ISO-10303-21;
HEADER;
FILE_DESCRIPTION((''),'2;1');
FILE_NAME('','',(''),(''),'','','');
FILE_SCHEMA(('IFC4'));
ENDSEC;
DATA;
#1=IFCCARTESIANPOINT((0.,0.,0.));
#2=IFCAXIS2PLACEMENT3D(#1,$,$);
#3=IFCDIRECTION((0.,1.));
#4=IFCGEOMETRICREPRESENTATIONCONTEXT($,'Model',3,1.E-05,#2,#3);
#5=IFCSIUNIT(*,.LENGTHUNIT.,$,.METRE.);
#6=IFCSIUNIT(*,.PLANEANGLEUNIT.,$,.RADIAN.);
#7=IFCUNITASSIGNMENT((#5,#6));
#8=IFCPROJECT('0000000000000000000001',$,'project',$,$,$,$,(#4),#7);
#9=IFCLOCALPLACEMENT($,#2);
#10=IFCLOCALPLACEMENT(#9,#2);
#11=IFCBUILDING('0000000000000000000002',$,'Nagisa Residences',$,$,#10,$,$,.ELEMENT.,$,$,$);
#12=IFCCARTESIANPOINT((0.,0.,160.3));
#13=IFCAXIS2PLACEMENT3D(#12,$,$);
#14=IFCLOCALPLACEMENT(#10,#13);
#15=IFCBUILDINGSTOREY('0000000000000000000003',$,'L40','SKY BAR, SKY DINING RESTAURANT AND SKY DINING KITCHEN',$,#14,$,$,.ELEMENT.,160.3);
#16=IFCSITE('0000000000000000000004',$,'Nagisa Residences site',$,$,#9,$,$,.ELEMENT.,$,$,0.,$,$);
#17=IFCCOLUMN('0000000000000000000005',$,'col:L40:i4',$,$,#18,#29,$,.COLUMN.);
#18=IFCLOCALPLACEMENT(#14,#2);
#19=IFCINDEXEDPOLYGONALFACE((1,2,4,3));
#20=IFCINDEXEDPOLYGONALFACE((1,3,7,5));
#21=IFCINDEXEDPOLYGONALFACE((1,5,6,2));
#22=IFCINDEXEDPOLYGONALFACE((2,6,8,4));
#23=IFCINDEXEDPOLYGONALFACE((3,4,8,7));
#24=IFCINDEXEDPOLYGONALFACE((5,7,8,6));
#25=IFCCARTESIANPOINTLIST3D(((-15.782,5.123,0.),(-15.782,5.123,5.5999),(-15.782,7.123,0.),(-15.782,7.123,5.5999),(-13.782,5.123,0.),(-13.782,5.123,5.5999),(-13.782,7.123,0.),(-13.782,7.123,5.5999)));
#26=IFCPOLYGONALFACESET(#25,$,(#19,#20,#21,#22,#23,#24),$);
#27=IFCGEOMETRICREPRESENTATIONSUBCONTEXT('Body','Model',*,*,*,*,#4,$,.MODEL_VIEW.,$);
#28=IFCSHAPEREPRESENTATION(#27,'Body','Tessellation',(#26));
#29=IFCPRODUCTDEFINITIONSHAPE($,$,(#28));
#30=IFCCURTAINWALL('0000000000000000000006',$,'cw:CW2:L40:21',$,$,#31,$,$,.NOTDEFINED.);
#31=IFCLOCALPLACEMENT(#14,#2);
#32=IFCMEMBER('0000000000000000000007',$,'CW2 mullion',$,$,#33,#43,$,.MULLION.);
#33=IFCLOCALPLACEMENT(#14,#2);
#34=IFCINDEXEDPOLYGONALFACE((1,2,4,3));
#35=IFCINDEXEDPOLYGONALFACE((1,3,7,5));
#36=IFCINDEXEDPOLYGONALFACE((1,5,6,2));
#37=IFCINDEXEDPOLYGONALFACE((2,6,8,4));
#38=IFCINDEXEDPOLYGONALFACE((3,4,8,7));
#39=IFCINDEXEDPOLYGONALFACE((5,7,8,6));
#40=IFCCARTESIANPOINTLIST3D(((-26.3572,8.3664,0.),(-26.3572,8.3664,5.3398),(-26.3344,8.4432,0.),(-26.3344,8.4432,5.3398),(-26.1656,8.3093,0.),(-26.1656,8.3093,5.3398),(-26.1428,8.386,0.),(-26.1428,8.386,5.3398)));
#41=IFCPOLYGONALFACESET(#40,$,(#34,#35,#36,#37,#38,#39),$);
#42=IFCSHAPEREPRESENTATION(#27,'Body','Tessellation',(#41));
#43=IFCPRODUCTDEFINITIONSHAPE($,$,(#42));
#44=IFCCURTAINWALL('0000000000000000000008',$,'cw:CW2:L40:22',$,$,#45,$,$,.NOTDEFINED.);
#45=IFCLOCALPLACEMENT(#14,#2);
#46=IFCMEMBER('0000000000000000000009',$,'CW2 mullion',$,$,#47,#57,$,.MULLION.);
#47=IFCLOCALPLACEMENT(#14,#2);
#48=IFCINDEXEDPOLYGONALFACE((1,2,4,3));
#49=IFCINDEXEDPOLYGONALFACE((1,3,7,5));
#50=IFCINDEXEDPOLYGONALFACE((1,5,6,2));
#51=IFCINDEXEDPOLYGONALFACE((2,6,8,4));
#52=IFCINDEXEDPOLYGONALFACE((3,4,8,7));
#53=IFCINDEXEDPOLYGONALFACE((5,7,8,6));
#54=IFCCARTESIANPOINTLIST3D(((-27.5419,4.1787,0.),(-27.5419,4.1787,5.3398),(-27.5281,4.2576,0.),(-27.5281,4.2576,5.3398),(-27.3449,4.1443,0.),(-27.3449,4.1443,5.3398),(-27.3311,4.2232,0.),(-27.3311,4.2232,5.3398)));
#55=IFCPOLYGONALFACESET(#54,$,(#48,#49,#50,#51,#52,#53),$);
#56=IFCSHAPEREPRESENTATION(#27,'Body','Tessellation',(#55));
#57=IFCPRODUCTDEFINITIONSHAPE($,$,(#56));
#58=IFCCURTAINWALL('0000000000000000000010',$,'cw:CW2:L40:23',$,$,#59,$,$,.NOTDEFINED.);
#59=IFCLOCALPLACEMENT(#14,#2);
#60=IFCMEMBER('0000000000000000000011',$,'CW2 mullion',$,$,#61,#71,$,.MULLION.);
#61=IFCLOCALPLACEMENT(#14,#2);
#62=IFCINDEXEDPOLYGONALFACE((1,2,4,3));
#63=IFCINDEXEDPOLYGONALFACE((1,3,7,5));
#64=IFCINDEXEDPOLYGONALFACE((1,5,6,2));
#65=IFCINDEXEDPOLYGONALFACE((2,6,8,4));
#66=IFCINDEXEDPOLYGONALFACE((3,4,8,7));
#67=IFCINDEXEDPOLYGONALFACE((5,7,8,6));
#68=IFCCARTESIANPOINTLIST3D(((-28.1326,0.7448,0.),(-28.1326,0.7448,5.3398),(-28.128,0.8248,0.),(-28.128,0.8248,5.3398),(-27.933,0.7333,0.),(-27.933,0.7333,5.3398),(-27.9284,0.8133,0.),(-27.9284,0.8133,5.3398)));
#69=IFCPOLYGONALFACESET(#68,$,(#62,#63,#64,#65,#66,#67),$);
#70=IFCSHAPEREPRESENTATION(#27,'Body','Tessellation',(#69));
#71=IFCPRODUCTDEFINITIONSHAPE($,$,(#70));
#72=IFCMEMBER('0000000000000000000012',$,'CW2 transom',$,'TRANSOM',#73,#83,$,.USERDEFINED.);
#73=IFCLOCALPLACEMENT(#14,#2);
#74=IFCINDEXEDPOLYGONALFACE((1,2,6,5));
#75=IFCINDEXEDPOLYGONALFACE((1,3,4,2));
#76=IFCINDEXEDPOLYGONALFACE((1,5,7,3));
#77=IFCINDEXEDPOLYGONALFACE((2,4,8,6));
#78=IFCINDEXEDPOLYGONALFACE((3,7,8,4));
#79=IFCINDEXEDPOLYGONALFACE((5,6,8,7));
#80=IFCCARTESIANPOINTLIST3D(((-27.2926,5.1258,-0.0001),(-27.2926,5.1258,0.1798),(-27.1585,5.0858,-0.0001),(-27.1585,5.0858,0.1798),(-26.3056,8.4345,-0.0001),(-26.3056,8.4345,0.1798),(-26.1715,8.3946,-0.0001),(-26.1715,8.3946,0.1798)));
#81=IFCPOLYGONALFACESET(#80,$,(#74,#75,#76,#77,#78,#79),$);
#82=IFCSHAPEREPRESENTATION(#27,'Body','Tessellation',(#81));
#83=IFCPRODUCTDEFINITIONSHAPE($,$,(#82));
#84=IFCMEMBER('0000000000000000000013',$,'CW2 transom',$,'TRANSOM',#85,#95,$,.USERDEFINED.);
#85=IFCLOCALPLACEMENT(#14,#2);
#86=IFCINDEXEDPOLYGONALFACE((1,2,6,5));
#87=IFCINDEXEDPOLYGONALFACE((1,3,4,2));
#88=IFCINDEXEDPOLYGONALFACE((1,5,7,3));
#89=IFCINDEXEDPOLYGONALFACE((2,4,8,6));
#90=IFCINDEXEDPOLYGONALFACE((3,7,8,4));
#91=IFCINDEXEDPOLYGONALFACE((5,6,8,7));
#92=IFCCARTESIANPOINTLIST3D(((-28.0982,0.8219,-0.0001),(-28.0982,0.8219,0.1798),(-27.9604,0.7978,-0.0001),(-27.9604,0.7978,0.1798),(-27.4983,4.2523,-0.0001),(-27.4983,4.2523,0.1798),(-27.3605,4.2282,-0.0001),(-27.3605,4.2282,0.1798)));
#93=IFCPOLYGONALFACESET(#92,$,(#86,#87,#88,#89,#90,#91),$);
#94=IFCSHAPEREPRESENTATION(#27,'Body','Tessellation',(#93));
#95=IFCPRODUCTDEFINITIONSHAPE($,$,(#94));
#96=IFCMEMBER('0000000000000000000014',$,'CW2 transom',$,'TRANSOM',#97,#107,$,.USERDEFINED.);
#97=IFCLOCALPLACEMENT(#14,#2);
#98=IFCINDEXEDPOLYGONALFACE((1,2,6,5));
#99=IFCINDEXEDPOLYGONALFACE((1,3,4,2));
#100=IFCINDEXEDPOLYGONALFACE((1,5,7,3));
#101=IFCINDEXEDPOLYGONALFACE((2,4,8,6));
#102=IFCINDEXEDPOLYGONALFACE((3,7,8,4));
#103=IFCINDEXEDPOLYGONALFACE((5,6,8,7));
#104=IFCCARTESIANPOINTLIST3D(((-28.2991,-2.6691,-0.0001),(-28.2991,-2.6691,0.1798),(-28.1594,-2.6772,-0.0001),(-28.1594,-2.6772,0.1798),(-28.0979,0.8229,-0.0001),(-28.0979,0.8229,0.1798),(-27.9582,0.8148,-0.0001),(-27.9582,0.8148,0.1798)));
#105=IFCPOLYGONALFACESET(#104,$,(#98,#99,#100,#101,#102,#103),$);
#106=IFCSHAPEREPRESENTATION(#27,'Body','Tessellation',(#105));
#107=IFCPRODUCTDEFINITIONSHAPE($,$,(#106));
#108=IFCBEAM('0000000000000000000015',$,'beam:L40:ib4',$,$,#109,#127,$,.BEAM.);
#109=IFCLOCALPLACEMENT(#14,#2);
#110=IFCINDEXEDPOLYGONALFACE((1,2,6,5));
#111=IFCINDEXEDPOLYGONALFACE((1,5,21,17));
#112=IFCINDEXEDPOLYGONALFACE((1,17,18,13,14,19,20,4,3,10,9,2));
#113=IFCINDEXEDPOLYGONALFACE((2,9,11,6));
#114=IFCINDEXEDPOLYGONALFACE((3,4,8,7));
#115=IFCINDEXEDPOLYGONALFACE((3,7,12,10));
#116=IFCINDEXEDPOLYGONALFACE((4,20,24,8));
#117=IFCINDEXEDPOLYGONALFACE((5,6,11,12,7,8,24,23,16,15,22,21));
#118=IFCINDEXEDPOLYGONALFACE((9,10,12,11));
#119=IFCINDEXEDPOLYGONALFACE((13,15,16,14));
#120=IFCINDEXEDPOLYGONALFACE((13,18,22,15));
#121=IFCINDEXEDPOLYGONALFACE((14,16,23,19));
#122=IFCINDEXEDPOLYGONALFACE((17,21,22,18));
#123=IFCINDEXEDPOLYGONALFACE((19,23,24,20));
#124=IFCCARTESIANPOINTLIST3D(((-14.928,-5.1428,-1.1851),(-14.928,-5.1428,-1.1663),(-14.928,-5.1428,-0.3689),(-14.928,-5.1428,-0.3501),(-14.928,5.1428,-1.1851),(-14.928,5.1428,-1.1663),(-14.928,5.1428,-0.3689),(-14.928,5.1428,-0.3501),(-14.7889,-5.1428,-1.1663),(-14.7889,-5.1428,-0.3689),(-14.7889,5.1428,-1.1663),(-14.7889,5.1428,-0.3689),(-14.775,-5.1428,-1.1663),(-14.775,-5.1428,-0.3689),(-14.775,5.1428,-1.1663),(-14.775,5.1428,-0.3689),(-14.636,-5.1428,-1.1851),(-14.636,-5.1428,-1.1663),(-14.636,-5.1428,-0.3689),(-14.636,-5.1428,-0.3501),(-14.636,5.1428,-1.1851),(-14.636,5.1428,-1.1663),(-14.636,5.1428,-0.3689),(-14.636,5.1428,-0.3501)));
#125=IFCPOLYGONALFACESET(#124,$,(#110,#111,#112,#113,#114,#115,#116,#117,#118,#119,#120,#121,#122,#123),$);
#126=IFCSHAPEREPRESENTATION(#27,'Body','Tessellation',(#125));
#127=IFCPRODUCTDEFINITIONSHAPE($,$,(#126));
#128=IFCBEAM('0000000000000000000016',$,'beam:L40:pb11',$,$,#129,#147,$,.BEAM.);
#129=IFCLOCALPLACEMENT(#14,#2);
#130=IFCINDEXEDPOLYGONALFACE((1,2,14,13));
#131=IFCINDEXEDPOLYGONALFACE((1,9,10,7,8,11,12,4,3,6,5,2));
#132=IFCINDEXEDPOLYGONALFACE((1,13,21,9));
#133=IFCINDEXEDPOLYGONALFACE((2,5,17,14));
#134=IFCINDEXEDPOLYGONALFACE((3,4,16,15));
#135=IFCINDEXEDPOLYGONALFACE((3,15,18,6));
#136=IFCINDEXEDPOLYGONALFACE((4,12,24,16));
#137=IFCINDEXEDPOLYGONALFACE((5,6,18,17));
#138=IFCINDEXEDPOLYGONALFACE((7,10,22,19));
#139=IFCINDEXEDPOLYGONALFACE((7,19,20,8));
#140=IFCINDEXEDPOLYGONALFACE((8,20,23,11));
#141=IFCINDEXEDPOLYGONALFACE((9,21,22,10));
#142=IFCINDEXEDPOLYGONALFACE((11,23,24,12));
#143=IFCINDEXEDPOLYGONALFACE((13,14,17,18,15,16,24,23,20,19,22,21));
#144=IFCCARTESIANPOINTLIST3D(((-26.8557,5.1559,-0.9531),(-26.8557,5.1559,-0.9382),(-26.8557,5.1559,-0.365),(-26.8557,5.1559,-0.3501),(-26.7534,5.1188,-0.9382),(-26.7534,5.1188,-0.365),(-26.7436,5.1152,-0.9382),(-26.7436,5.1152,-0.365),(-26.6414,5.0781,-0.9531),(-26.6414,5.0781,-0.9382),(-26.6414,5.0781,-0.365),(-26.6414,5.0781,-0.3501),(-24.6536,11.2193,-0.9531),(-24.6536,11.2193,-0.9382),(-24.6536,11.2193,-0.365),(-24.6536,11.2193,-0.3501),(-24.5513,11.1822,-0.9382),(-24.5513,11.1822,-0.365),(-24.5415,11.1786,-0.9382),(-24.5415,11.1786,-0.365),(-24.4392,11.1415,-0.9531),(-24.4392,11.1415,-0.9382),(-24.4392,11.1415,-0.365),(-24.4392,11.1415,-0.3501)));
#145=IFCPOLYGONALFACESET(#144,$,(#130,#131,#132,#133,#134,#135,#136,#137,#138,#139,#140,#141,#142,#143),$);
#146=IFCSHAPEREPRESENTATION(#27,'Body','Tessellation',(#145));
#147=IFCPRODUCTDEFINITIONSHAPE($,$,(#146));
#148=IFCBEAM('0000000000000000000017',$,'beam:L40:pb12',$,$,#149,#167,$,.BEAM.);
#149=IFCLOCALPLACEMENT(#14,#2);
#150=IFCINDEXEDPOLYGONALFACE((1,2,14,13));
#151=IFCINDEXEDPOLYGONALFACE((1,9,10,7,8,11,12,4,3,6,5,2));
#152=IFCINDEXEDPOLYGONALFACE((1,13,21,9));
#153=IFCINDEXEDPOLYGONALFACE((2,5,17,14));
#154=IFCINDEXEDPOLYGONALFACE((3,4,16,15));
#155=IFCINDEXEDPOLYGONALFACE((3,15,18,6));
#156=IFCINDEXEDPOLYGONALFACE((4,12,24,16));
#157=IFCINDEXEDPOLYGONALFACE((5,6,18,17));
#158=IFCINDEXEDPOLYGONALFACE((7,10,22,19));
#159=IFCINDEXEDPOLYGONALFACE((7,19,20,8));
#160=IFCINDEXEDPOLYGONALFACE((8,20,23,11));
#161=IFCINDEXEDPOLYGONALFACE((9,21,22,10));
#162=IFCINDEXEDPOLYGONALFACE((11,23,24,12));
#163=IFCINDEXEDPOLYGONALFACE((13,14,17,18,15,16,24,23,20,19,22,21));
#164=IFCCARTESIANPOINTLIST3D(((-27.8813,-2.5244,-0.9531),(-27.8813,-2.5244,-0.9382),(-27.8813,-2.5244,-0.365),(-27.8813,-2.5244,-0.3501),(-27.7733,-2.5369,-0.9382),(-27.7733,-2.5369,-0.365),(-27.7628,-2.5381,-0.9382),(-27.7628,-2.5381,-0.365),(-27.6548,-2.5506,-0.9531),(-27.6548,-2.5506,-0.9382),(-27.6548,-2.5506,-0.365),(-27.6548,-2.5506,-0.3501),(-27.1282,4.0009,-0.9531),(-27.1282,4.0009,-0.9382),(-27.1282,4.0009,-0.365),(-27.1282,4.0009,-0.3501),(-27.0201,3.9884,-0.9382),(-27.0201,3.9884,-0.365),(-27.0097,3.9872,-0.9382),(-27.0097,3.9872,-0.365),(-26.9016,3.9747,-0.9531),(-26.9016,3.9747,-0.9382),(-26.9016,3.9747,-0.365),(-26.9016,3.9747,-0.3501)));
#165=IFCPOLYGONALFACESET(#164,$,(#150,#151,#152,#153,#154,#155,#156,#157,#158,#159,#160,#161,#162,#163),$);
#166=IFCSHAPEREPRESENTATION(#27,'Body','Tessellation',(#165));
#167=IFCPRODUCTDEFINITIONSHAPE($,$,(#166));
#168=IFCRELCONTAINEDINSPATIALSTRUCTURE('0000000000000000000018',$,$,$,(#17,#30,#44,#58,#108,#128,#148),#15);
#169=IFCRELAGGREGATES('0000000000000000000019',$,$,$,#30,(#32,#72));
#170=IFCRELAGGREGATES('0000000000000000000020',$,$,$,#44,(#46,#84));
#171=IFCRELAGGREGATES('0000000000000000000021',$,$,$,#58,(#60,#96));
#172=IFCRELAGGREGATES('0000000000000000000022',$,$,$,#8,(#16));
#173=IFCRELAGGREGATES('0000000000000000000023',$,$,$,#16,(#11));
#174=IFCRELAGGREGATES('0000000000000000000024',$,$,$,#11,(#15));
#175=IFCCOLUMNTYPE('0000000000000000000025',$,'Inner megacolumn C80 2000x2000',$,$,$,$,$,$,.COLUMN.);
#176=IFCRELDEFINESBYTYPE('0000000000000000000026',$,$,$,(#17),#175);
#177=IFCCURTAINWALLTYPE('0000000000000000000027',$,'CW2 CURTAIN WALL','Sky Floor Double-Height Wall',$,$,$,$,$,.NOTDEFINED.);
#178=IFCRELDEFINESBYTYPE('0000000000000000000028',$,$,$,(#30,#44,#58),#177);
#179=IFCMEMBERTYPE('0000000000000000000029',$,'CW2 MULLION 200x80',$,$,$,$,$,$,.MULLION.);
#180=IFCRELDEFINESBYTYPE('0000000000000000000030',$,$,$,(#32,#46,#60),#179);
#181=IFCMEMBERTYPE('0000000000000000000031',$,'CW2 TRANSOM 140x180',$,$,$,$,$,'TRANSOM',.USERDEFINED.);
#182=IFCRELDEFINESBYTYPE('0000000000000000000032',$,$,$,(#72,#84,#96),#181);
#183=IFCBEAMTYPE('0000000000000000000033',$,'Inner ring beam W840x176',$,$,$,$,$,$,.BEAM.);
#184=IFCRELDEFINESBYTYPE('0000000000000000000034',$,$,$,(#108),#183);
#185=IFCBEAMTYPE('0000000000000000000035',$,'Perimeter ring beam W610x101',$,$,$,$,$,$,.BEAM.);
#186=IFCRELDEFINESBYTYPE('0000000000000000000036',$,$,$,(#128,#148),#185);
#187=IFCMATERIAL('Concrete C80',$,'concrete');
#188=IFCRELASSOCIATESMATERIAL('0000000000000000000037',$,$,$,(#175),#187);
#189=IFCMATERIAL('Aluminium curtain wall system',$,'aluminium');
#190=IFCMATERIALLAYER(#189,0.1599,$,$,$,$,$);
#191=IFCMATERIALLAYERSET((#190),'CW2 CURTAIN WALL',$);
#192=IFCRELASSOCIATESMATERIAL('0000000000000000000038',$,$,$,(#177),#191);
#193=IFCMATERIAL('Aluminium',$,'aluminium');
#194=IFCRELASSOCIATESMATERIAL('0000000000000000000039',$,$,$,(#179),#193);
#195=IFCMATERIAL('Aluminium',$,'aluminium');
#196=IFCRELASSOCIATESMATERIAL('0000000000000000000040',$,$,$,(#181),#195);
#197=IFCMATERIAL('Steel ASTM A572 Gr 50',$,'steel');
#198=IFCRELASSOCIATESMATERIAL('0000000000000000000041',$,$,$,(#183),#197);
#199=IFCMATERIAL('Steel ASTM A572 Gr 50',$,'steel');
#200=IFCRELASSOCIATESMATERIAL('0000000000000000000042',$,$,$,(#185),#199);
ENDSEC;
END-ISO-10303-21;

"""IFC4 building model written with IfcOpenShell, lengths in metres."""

from ifc_helpers import new_model, si_unit, direction, frame, origin, origin_2d, place, context, subcontext, project, spatial, rectangle, i_section, extrude, material, layer, layer_set, material_profile, profile_set, type_object, element, aggregate, save


model = new_model("IFC4")

# Units and contexts
model_context = context("Model", 3, precision=1e-05, world=origin(), true_north=direction((0.0, 1.0)))
body_context = subcontext(model_context, "Body", "Model", "MODEL_VIEW")
ifc_project = project(units=[si_unit("LENGTHUNIT", "METRE"), si_unit("PLANEANGLEUNIT", "RADIAN")], contexts=[model_context])

# Site, building, storey
site_placement = place(None, origin())
site = spatial("IfcSite", under=ifc_project, at=site_placement, Name="Nagisa Residences site", CompositionType="ELEMENT", RefElevation=0.0)
building_placement = place(site_placement, origin())
building = spatial("IfcBuilding", under=site, at=building_placement, Name="Nagisa Residences", CompositionType="ELEMENT")
storey_placement = place(building_placement, frame((0.0, 0.0, 160.3)))
storey = spatial("IfcBuildingStorey", under=building, at=storey_placement, Name="L40", Description="SKY BAR, SKY DINING RESTAURANT AND SKY DINING KITCHEN", CompositionType="ELEMENT", Elevation=160.3)

# Column
ifc_material_1 = material(Name="Concrete C80", Category="concrete")
ifc_material_profile_1 = material_profile(ifc_material_1, rectangle(XDim=2.0, YDim=2.0, at=origin_2d()), Name="C80 2000x2000")
ifc_profile_set_1 = profile_set([ifc_material_profile_1], Name="Concrete C80")
column_type = type_object("IfcColumnType", Name="Inner megacolumn C80 2000x2000", PredefinedType="COLUMN", material=ifc_profile_set_1)
column_placement = place(storey_placement, frame((-14.782, 6.123, 0.0), z_axis=(0.0, 0.0, 1.0), x_axis=(1.0, 0.0, 0.0)))
element("IfcColumn", 1, at=column_placement, inside=storey, type_object=column_type, Name="col:L40:i4", PredefinedType="COLUMN", context=body_context, shape_type="SweptSolid", body=[
    extrude(rectangle(XDim=2.0, YDim=2.0, at=origin_2d()), origin(), (0.0, 0.0, 1.0), 5.5999),
])

# Curtain walls, members
ifc_material_2 = material(Name="Aluminium curtain wall system", Category="aluminium")
ifc_layer_1 = layer(ifc_material_2, 0.1599)
ifc_layer_set_1 = layer_set([ifc_layer_1], Name="CW2 CURTAIN WALL")
curtain_wall_type = type_object("IfcCurtainWallType", Name="CW2 CURTAIN WALL", Description="Sky Floor Double-Height Wall", PredefinedType="NOTDEFINED", material=ifc_layer_set_1)
curtain_wall_1_placement = place(storey_placement, origin())
curtain_wall_1 = element("IfcCurtainWall", 2, at=curtain_wall_1_placement, inside=storey, type_object=curtain_wall_type, Name="cw:CW2:L40:21", PredefinedType="NOTDEFINED")
ifc_material_3 = material(Name="Aluminium", Category="aluminium")
ifc_material_profile_2 = material_profile(ifc_material_3, rectangle(XDim=0.2, YDim=0.0801, at=origin_2d()), Name="CW2 MULLION 200x80")
ifc_profile_set_2 = profile_set([ifc_material_profile_2], Name="Aluminium")
member_type_1 = type_object("IfcMemberType", Name="CW2 MULLION 200x80", PredefinedType="MULLION", material=ifc_profile_set_2)
member_1_placement = place(storey_placement, frame((-26.25, 8.3762, 0.0), z_axis=(0.0, 0.0, 1.0), x_axis=(0.958271, -0.28586, 0.0)))
member_1 = element("IfcMember", 3, at=member_1_placement, type_object=member_type_1, Name="CW2 mullion", PredefinedType="MULLION", context=body_context, shape_type="SweptSolid", body=[
    extrude(rectangle(XDim=0.2, YDim=0.0801, at=origin_2d()), origin(), (0.0, 0.0, 1.0), 5.3398),
])
curtain_wall_2_placement = place(storey_placement, origin())
curtain_wall_2 = element("IfcCurtainWall", 4, at=curtain_wall_2_placement, inside=storey, type_object=curtain_wall_type, Name="cw:CW2:L40:22", PredefinedType="NOTDEFINED")
member_2_placement = place(storey_placement, frame((-27.4365, 4.2009, 0.0), z_axis=(0.0, 0.0, 1.0), x_axis=(0.985064, -0.172191, 0.0)))
member_2 = element("IfcMember", 5, at=member_2_placement, type_object=member_type_1, Name="CW2 mullion", PredefinedType="MULLION", context=body_context, shape_type="SweptSolid", body=[
    extrude(rectangle(XDim=0.2, YDim=0.0801, at=origin_2d()), origin(), (0.0, 0.0, 1.0), 5.3398),
])
curtain_wall_3_placement = place(storey_placement, origin())
curtain_wall_3 = element("IfcCurtainWall", 6, at=curtain_wall_3_placement, inside=storey, type_object=curtain_wall_type, Name="cw:CW2:L40:23", PredefinedType="NOTDEFINED")
member_3_placement = place(storey_placement, frame((-28.0305, 0.7791, 0.0), z_axis=(0.0, 0.0, 1.0), x_axis=(0.998345, -0.057503, 0.0)))
member_3 = element("IfcMember", 7, at=member_3_placement, type_object=member_type_1, Name="CW2 mullion", PredefinedType="MULLION", context=body_context, shape_type="SweptSolid", body=[
    extrude(rectangle(XDim=0.2, YDim=0.0801, at=origin_2d()), origin(), (0.0, 0.0, 1.0), 5.3398),
])

# Members
ifc_material_4 = material(Name="Aluminium", Category="aluminium")
ifc_material_profile_3 = material_profile(ifc_material_4, rectangle(XDim=0.1399, YDim=0.1799, at=origin_2d()), Name="CW2 TRANSOM 140x180")
ifc_profile_set_3 = profile_set([ifc_material_profile_3], Name="Aluminium")
member_type_2 = type_object("IfcMemberType", Name="CW2 TRANSOM 140x180", ElementType="TRANSOM", PredefinedType="USERDEFINED", material=ifc_profile_set_3)
member_4_placement = place(storey_placement, frame((-26.2385, 8.4146, 0.0898), z_axis=(-0.285862, -0.958271, 0.0), x_axis=(0.958271, -0.285862, 0.0)))
member_4 = element("IfcMember", 8, at=member_4_placement, type_object=member_type_2, Name="CW2 transom", ObjectType="TRANSOM", PredefinedType="USERDEFINED", context=body_context, shape_type="SweptSolid", body=[
    extrude(rectangle(XDim=0.1399, YDim=0.1799, at=origin_2d()), origin(), (0.0, 0.0, 1.0), 3.4529),
])
member_5_placement = place(storey_placement, frame((-27.4294, 4.2402, 0.0898), z_axis=(-0.172249, -0.985053, 0.0), x_axis=(0.985053, -0.172249, 0.0)))
member_5 = element("IfcMember", 9, at=member_5_placement, type_object=member_type_2, Name="CW2 transom", ObjectType="TRANSOM", PredefinedType="USERDEFINED", context=body_context, shape_type="SweptSolid", body=[
    extrude(rectangle(XDim=0.1399, YDim=0.1799, at=origin_2d()), origin(), (0.0, 0.0, 1.0), 3.4824),
])
member_6_placement = place(storey_placement, frame((-28.0281, 0.8188, 0.0898), z_axis=(-0.057515, -0.998345, 0.0), x_axis=(0.998345, -0.057515, 0.0)))
member_6 = element("IfcMember", 10, at=member_6_placement, type_object=member_type_2, Name="CW2 transom", ObjectType="TRANSOM", PredefinedType="USERDEFINED", context=body_context, shape_type="SweptSolid", body=[
    extrude(rectangle(XDim=0.1399, YDim=0.1799, at=origin_2d()), origin(), (0.0, 0.0, 1.0), 3.4978),
])

# Beams
ifc_material_5 = material(Name="Steel ASTM A572 Gr 50", Category="steel")
ifc_material_profile_4 = material_profile(ifc_material_5, i_section(OverallWidth=0.292, OverallDepth=0.835, WebThickness=0.0139, FlangeThickness=0.0188, at=origin_2d()), Name="W840x176")
ifc_profile_set_4 = profile_set([ifc_material_profile_4], Name="Steel ASTM A572 Gr 50")
beam_type_1 = type_object("IfcBeamType", Name="Inner ring beam W840x176", PredefinedType="BEAM", material=ifc_profile_set_4)
beam_1_placement = place(storey_placement, frame((-14.782, 5.1428, -0.7676), z_axis=(0.0, -1.0, 0.0), x_axis=(1.0, 0.0, 0.0)))
element("IfcBeam", 11, at=beam_1_placement, inside=storey, type_object=beam_type_1, Name="beam:L40:ib4", PredefinedType="BEAM", context=body_context, shape_type="SweptSolid", body=[
    extrude(i_section(OverallWidth=0.292, OverallDepth=0.835, WebThickness=0.0139, FlangeThickness=0.0188, at=origin_2d()), origin(), (0.0, 0.0, 1.0), 10.2856),
])
ifc_material_6 = material(Name="Steel ASTM A572 Gr 50", Category="steel")
ifc_material_profile_5 = material_profile(ifc_material_6, i_section(OverallWidth=0.228, OverallDepth=0.603, WebThickness=0.0105, FlangeThickness=0.0149, at=origin_2d()), Name="W610x101")
ifc_profile_set_5 = profile_set([ifc_material_profile_5], Name="Steel ASTM A572 Gr 50")
beam_type_2 = type_object("IfcBeamType", Name="Perimeter ring beam W610x101", PredefinedType="BEAM", material=ifc_profile_set_5)
beam_2_placement = place(storey_placement, frame((-24.5464, 11.1804, -0.6516), z_axis=(-0.341366, -0.93993, 0.0), x_axis=(0.93993, -0.341366, 0.0)))
element("IfcBeam", 12, at=beam_2_placement, inside=storey, type_object=beam_type_2, Name="beam:L40:pb11", PredefinedType="BEAM", context=body_context, shape_type="SweptSolid", body=[
    extrude(i_section(OverallWidth=0.228, OverallDepth=0.603, WebThickness=0.0105, FlangeThickness=0.0149, at=origin_2d()), origin(), (0.0, 0.0, 1.0), 6.4509),
])
beam_3_placement = place(storey_placement, frame((-27.0149, 3.9878, -0.6516), z_axis=(-0.114661, -0.993405, 0.0), x_axis=(0.993405, -0.114661, 0.0)))
element("IfcBeam", 13, at=beam_3_placement, inside=storey, type_object=beam_type_2, Name="beam:L40:pb12", PredefinedType="BEAM", context=body_context, shape_type="SweptSolid", body=[
    extrude(i_section(OverallWidth=0.228, OverallDepth=0.603, WebThickness=0.0105, FlangeThickness=0.0149, at=origin_2d()), origin(), (0.0, 0.0, 1.0), 6.5686),
])

aggregate(curtain_wall_1, [member_1, member_4])
aggregate(curtain_wall_2, [member_2, member_5])
aggregate(curtain_wall_3, [member_3, member_6])

save(model, "model.ifc")
